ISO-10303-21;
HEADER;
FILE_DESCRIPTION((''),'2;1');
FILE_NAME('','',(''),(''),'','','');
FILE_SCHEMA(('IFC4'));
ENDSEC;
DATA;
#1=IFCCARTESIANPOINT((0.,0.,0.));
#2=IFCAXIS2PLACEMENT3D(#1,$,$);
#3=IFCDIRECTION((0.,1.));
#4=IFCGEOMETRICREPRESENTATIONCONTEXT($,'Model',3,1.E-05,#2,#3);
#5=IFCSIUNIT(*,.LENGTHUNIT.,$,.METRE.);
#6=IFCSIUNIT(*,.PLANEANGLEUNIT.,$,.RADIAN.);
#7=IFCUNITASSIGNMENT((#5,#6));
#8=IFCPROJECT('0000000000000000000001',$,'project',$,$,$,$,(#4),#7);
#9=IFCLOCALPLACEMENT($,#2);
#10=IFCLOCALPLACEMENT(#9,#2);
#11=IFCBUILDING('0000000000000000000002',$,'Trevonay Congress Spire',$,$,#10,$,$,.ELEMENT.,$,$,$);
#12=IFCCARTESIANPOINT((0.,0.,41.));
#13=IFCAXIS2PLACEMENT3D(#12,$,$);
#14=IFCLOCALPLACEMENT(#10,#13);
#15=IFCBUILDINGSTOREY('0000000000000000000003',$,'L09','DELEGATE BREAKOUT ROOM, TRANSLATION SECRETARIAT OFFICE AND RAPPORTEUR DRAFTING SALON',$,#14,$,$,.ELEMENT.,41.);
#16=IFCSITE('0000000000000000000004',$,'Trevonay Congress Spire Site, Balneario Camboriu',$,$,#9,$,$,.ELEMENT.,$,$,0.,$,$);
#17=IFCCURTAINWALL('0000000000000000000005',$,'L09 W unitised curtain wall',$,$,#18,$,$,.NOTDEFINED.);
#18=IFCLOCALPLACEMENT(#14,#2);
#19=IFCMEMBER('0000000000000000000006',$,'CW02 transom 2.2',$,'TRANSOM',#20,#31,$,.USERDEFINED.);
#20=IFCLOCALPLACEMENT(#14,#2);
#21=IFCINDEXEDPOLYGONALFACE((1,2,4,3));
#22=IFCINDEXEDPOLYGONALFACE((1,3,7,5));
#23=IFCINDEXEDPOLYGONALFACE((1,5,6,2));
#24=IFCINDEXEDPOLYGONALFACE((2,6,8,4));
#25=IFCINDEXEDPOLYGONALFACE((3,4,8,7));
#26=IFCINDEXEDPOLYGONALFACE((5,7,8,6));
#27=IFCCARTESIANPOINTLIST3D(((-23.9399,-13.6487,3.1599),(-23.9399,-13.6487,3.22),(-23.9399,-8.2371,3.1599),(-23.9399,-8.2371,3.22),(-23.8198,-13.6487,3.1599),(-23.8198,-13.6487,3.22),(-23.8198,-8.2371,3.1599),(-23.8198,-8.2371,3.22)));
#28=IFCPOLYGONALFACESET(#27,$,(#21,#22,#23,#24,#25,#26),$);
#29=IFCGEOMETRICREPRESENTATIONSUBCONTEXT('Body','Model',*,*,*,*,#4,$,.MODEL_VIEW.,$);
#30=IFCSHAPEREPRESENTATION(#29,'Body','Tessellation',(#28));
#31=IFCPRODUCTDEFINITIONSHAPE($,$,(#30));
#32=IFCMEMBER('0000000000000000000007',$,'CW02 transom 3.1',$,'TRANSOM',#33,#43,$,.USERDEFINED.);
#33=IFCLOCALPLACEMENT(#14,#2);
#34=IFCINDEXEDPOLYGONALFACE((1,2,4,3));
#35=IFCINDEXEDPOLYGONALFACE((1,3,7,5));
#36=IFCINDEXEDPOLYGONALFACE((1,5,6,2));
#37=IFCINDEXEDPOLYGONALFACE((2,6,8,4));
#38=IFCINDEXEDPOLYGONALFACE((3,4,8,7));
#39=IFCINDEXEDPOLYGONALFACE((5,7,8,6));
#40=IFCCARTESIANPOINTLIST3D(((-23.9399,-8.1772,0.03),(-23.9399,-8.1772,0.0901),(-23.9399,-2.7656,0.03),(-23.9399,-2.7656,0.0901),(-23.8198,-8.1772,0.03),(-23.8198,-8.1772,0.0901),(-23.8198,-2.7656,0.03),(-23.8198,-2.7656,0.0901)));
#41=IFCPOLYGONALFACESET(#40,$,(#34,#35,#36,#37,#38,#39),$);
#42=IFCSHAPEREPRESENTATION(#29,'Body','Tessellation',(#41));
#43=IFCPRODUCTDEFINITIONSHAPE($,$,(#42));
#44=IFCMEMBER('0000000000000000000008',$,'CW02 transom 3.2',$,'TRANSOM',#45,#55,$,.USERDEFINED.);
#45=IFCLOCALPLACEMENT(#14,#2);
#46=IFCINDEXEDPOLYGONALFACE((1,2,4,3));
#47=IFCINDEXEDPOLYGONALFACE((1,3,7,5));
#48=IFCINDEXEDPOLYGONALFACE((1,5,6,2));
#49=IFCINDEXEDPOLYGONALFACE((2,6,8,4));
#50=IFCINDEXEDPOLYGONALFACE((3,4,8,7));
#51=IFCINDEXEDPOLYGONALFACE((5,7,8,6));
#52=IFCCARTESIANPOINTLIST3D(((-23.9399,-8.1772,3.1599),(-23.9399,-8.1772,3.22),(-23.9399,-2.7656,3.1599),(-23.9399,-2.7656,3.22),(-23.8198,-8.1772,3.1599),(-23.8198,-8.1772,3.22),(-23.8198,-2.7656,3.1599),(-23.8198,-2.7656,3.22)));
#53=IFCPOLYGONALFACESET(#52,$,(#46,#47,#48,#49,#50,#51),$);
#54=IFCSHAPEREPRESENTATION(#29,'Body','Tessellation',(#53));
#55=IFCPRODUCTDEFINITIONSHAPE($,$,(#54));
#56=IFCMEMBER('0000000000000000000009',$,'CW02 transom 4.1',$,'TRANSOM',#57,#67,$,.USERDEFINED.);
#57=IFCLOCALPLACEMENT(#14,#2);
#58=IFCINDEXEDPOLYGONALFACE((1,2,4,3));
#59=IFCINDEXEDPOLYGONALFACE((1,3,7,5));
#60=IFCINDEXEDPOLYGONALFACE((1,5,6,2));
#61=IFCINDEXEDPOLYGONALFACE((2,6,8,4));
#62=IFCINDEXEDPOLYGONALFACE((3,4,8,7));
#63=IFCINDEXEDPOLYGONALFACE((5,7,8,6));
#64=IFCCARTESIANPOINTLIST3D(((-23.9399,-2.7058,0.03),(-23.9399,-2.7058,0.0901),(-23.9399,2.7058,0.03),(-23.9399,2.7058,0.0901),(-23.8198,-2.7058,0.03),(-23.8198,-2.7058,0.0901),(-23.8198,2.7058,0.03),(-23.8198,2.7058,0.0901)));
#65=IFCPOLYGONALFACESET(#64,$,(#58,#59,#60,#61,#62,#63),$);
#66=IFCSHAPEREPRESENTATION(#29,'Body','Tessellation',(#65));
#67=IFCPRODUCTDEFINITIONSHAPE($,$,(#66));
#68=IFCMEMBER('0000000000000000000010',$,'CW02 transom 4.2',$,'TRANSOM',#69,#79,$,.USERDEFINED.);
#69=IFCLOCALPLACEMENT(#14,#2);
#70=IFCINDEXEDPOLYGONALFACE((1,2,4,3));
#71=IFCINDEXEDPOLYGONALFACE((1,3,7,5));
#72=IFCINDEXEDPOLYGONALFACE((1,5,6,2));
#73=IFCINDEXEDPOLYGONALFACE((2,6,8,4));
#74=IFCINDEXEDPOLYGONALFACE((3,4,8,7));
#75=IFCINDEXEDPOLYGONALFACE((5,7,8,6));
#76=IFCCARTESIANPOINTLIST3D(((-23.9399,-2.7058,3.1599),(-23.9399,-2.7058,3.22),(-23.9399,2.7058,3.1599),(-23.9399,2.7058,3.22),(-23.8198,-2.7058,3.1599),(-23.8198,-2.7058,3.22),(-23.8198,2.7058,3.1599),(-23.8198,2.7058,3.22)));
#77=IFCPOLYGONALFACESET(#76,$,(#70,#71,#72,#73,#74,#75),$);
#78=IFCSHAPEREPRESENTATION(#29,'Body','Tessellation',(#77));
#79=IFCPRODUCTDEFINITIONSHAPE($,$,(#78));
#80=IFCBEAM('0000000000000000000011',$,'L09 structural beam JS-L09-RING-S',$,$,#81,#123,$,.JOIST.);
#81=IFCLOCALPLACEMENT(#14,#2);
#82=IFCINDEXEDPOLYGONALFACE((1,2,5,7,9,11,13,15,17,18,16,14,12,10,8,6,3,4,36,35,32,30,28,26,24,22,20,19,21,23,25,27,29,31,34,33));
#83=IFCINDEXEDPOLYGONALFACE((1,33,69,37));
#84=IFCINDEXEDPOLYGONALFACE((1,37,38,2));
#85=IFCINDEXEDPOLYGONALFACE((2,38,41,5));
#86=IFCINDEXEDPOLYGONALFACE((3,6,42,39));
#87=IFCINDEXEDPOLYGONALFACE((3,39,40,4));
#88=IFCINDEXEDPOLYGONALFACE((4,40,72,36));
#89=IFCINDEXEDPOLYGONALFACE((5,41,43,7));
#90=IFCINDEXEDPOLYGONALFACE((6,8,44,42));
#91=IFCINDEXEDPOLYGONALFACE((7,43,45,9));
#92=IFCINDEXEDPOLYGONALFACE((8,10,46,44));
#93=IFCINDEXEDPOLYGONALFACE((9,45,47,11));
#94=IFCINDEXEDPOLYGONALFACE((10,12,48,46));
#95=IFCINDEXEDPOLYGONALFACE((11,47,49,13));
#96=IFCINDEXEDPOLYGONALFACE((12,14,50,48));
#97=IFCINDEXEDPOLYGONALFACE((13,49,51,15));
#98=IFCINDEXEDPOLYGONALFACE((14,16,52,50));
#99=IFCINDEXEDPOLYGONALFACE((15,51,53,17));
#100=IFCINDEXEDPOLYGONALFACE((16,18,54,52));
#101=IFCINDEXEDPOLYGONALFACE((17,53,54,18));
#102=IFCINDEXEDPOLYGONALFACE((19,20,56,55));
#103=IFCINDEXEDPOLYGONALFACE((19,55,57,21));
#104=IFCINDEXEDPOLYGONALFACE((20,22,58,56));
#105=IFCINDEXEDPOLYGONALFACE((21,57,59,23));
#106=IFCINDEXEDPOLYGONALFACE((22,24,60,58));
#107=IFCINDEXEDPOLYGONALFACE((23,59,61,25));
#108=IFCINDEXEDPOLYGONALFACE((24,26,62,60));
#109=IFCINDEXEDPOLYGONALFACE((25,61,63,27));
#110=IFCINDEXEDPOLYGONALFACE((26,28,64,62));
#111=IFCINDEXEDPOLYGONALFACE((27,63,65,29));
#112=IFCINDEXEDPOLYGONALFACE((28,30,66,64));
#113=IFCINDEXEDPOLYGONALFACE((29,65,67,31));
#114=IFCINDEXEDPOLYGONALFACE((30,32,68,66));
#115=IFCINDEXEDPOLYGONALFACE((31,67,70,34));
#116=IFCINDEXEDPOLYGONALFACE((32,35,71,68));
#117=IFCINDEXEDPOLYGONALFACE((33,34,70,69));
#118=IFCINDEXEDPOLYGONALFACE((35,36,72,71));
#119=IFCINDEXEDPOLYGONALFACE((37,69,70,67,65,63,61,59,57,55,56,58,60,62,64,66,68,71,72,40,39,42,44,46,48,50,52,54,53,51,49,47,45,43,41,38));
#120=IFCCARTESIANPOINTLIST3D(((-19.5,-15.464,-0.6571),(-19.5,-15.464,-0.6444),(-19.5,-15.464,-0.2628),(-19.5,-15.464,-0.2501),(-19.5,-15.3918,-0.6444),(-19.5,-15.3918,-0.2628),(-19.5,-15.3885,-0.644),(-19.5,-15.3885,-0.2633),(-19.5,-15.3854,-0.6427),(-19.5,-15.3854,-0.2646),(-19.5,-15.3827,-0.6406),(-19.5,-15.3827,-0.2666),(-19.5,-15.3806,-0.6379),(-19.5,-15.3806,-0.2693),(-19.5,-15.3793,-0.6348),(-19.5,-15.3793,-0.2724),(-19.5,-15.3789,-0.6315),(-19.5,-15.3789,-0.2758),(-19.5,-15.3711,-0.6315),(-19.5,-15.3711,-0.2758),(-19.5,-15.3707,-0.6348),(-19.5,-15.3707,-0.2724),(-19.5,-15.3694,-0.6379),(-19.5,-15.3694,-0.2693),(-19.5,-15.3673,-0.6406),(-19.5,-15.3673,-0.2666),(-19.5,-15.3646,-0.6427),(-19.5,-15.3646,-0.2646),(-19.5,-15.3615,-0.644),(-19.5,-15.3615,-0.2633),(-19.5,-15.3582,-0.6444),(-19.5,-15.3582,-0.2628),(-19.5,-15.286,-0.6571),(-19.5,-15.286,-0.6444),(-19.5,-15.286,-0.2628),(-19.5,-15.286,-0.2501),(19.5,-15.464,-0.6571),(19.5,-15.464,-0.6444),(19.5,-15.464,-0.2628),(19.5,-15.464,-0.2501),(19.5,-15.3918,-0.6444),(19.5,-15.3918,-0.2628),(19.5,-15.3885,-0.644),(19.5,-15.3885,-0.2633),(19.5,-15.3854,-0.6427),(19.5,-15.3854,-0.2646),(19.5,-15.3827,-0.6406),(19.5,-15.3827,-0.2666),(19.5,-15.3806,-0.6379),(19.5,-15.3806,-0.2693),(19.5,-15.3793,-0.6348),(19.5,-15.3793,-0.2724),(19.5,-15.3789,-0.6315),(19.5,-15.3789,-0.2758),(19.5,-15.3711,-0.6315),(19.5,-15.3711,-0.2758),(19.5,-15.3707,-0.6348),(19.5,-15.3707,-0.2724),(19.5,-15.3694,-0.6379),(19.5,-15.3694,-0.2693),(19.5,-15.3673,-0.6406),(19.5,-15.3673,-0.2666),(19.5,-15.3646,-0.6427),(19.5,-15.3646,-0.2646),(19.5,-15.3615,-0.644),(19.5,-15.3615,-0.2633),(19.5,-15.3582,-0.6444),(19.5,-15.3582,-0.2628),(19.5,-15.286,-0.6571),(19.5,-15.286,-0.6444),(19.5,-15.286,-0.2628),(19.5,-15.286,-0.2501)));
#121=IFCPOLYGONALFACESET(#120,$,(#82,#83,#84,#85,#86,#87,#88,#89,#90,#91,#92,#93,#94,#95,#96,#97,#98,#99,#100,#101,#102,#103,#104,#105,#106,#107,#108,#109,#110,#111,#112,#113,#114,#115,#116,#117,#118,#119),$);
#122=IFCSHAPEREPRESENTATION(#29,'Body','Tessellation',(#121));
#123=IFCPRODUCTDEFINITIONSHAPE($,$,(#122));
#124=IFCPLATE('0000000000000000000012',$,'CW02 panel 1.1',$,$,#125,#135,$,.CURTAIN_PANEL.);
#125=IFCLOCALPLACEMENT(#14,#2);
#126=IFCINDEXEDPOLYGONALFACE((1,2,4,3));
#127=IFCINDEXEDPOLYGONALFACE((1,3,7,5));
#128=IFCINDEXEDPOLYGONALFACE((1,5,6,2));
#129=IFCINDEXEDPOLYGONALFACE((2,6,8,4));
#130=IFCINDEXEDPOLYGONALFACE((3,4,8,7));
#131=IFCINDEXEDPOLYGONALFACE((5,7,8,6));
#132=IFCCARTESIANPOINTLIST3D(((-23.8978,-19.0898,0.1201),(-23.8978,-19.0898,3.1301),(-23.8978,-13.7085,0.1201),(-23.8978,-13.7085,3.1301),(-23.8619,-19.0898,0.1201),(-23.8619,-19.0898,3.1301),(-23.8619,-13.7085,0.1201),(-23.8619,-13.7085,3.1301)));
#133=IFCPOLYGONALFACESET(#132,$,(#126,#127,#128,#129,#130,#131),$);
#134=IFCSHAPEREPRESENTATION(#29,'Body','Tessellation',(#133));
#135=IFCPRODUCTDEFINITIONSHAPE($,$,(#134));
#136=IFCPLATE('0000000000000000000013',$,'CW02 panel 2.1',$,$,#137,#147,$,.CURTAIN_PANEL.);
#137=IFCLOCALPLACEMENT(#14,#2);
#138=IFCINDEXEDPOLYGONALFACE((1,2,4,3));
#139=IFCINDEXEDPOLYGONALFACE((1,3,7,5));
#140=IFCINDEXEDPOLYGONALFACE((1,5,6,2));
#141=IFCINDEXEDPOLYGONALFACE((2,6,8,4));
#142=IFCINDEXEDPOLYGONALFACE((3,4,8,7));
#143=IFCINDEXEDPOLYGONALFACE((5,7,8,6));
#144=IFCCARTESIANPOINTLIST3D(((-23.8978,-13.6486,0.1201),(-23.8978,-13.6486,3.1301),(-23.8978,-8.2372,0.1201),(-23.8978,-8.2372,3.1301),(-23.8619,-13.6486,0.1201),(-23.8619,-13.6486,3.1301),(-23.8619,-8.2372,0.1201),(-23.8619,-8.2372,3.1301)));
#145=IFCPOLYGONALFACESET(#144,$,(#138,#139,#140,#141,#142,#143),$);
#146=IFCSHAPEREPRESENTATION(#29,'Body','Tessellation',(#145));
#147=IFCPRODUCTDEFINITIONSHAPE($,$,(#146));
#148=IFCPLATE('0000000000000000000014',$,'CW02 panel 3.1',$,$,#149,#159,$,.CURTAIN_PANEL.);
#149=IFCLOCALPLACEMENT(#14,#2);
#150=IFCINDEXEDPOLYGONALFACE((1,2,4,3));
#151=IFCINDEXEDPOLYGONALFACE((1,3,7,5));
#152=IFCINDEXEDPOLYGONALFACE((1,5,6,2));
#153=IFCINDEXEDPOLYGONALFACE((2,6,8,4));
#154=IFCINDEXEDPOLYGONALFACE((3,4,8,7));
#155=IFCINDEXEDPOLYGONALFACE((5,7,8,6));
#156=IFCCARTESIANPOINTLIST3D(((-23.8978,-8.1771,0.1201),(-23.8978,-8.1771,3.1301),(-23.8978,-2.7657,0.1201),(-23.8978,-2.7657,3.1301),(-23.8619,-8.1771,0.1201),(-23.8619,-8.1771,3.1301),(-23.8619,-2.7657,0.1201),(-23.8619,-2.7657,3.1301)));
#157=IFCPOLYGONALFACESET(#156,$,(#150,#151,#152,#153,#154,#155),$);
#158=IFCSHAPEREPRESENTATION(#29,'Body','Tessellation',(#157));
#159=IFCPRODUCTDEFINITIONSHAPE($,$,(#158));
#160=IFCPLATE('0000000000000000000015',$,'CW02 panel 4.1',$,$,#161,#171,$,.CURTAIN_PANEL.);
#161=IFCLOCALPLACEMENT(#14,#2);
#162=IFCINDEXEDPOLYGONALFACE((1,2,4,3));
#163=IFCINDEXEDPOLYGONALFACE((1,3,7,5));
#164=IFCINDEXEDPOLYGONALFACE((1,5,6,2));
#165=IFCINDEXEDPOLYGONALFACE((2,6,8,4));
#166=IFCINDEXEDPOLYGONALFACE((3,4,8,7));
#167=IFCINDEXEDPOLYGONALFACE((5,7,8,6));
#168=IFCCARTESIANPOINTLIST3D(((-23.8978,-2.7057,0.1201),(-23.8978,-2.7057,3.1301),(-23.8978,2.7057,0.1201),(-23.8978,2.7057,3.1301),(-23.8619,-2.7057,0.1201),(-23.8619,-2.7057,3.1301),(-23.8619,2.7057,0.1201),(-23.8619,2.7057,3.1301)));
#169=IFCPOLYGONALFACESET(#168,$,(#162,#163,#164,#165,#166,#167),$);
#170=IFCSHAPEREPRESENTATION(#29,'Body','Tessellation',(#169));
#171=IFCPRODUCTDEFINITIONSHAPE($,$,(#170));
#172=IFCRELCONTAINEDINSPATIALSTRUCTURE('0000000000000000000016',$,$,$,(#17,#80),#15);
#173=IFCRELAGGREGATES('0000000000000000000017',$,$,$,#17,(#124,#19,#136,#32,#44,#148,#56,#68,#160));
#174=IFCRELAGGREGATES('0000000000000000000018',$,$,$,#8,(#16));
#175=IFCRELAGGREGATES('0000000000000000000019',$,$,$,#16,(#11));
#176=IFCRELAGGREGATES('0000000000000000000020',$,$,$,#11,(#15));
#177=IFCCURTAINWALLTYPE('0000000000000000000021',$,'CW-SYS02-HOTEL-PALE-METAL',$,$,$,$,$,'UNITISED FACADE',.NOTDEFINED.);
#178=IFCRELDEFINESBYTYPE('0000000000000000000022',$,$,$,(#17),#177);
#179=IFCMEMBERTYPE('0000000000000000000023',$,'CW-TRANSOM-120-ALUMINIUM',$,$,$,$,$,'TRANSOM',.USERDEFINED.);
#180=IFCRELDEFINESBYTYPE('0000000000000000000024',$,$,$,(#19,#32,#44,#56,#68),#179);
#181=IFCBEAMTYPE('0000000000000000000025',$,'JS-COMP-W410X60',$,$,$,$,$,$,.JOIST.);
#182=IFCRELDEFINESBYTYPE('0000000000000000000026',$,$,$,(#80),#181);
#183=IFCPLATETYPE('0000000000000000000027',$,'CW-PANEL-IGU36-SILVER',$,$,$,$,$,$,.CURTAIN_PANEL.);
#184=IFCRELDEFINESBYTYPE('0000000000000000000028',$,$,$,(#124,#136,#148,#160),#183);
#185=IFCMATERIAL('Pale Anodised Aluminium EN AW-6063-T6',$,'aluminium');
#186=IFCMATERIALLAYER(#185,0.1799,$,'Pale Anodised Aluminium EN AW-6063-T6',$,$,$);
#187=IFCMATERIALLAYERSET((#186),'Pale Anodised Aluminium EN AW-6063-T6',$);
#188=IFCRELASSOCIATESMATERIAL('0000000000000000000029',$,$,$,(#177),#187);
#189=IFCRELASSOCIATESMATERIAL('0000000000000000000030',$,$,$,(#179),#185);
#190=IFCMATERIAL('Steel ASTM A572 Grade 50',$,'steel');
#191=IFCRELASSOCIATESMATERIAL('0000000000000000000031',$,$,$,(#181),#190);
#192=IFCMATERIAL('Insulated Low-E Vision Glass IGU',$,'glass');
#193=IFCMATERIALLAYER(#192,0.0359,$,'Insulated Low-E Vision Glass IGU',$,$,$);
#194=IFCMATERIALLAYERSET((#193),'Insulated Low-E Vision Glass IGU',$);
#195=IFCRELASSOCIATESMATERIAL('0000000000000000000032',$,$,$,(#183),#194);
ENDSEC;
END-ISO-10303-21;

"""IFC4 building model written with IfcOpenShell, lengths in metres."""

from ifc_helpers import new_model, si_unit, direction, frame, origin, origin_2d, place, context, subcontext, project, spatial, rectangle, i_section, extrude, material, layer, layer_set, material_profile, profile_set, type_object, element, aggregate, save


model = new_model("IFC4")

# Units and contexts
model_context = context("Model", 3, precision=1e-05, world=origin(), true_north=direction((0.0, 1.0)))
body_context = subcontext(model_context, "Body", "Model", "MODEL_VIEW")
ifc_project = project(units=[si_unit("LENGTHUNIT", "METRE"), si_unit("PLANEANGLEUNIT", "RADIAN")], contexts=[model_context])

# Site, building, storey
site_placement = place(None, origin())
site = spatial("IfcSite", under=ifc_project, at=site_placement, Name="Trevonay Congress Spire Site, Balneario Camboriu", CompositionType="ELEMENT", RefElevation=0.0)
building_placement = place(site_placement, origin())
building = spatial("IfcBuilding", under=site, at=building_placement, Name="Trevonay Congress Spire", CompositionType="ELEMENT")
storey_placement = place(building_placement, frame((0.0, 0.0, 41.0)))
storey = spatial("IfcBuildingStorey", under=building, at=storey_placement, Name="L09", Description="DELEGATE BREAKOUT ROOM, TRANSLATION SECRETARIAT OFFICE AND RAPPORTEUR DRAFTING SALON", CompositionType="ELEMENT", Elevation=41.0)

# Shared definitions
ifc_material_1 = material(Name="Steel ASTM A572 Grade 50", Category="steel")

# Curtain wall, members
ifc_material_2 = material(Name="Pale Anodised Aluminium EN AW-6063-T6", Category="aluminium")
ifc_layer_1 = layer(ifc_material_2, 0.1799, Name="Pale Anodised Aluminium EN AW-6063-T6")
ifc_layer_set_1 = layer_set([ifc_layer_1], Name="Pale Anodised Aluminium EN AW-6063-T6")
curtain_wall_type = type_object("IfcCurtainWallType", Name="CW-SYS02-HOTEL-PALE-METAL", ElementType="UNITISED FACADE", PredefinedType="NOTDEFINED", material=ifc_layer_set_1)
curtain_wall_placement = place(storey_placement, origin())
curtain_wall = element("IfcCurtainWall", 1, at=curtain_wall_placement, inside=storey, type_object=curtain_wall_type, Name="L09 W unitised curtain wall", PredefinedType="NOTDEFINED")
ifc_material_profile_1 = material_profile(ifc_material_2, rectangle(XDim=0.1201, YDim=0.0601, at=origin_2d()), Name="CW-TRANSOM-120-ALUMINIUM")
ifc_profile_set_1 = profile_set([ifc_material_profile_1], Name="Pale Anodised Aluminium EN AW-6063-T6")
member_type_1 = type_object("IfcMemberType", Name="CW-TRANSOM-120-ALUMINIUM", ElementType="TRANSOM", PredefinedType="USERDEFINED", material=ifc_profile_set_1)
member_1_placement = place(storey_placement, frame((-23.8799, -13.6487, 3.1899), z_axis=(0.0, 1.0, 0.0), x_axis=(-1.0, 0.0, 0.0)))
member_1 = element("IfcMember", 2, at=member_1_placement, type_object=member_type_1, Name="CW02 transom 2.2", ObjectType="TRANSOM", PredefinedType="USERDEFINED", context=body_context, shape_type="SweptSolid", body=[
    extrude(rectangle(XDim=0.1201, YDim=0.0601, at=origin_2d()), origin(), (0.0, 0.0, 1.0), 5.4116),
])
member_2_placement = place(storey_placement, frame((-23.8799, -8.1772, 0.0601), z_axis=(0.0, 1.0, 0.0), x_axis=(-1.0, 0.0, 0.0)))
member_2 = element("IfcMember", 3, at=member_2_placement, type_object=member_type_1, Name="CW02 transom 3.1", ObjectType="TRANSOM", PredefinedType="USERDEFINED", context=body_context, shape_type="SweptSolid", body=[
    extrude(rectangle(XDim=0.1201, YDim=0.0601, at=origin_2d()), origin(), (0.0, 0.0, 1.0), 5.4116),
])
member_3_placement = place(storey_placement, frame((-23.8799, -8.1772, 3.1899), z_axis=(0.0, 1.0, 0.0), x_axis=(-1.0, 0.0, 0.0)))
member_3 = element("IfcMember", 4, at=member_3_placement, type_object=member_type_1, Name="CW02 transom 3.2", ObjectType="TRANSOM", PredefinedType="USERDEFINED", context=body_context, shape_type="SweptSolid", body=[
    extrude(rectangle(XDim=0.1201, YDim=0.0601, at=origin_2d()), origin(), (0.0, 0.0, 1.0), 5.4116),
])
member_4_placement = place(storey_placement, frame((-23.8799, -2.7058, 0.0601), z_axis=(0.0, 1.0, 0.0), x_axis=(-1.0, 0.0, 0.0)))
member_4 = element("IfcMember", 5, at=member_4_placement, type_object=member_type_1, Name="CW02 transom 4.1", ObjectType="TRANSOM", PredefinedType="USERDEFINED", context=body_context, shape_type="SweptSolid", body=[
    extrude(rectangle(XDim=0.1201, YDim=0.0601, at=origin_2d()), origin(), (0.0, 0.0, 1.0), 5.4116),
])
member_5_placement = place(storey_placement, frame((-23.8799, -2.7058, 3.1899), z_axis=(0.0, 1.0, 0.0), x_axis=(-1.0, 0.0, 0.0)))
member_5 = element("IfcMember", 6, at=member_5_placement, type_object=member_type_1, Name="CW02 transom 4.2", ObjectType="TRANSOM", PredefinedType="USERDEFINED", context=body_context, shape_type="SweptSolid", body=[
    extrude(rectangle(XDim=0.1201, YDim=0.0601, at=origin_2d()), origin(), (0.0, 0.0, 1.0), 5.4116),
])

# Beam
ifc_material_profile_2 = material_profile(ifc_material_1, i_section(OverallWidth=0.178, OverallDepth=0.407, WebThickness=0.0078, FlangeThickness=0.0127, FilletRadius=0.0129, at=origin_2d()), Name="W410x60")
ifc_profile_set_2 = profile_set([ifc_material_profile_2], Name="Steel ASTM A572 Grade 50")
beam_type_1 = type_object("IfcBeamType", Name="JS-COMP-W410X60", PredefinedType="JOIST", material=ifc_profile_set_2)
beam_placement = place(storey_placement, frame((-19.5, -15.375, -0.4536), z_axis=(1.0, 0.0, 0.0), x_axis=(0.0, 1.0, 0.0)))
element("IfcBeam", 7, at=beam_placement, inside=storey, type_object=beam_type_1, Name="L09 structural beam JS-L09-RING-S", PredefinedType="JOIST", context=body_context, shape_type="SweptSolid", body=[
    extrude(i_section(OverallWidth=0.178, OverallDepth=0.407, WebThickness=0.0078, FlangeThickness=0.0127, FilletRadius=0.0129, at=origin_2d()), origin(), (0.0, 0.0, 1.0), 39.0),
])

# Plates
ifc_material_3 = material(Name="Insulated Low-E Vision Glass IGU", Category="glass")
ifc_layer_2 = layer(ifc_material_3, 0.0359, Name="Insulated Low-E Vision Glass IGU")
ifc_layer_set_2 = layer_set([ifc_layer_2], Name="Insulated Low-E Vision Glass IGU")
plate_type = type_object("IfcPlateType", Name="CW-PANEL-IGU36-SILVER", PredefinedType="CURTAIN_PANEL", material=ifc_layer_set_2)
plate_1_placement = place(storey_placement, frame((-23.8799, -16.3992, 0.1201), z_axis=(0.0, 0.0, 1.0), x_axis=(0.0, 1.0, 0.0)))
plate_1 = element("IfcPlate", 8, at=plate_1_placement, type_object=plate_type, Name="CW02 panel 1.1", PredefinedType="CURTAIN_PANEL", context=body_context, shape_type="SweptSolid", body=[
    extrude(rectangle(XDim=5.3813, YDim=0.0359, at=origin_2d()), origin(), (0.0, 0.0, 1.0), 3.01),
])
plate_2_placement = place(storey_placement, frame((-23.8799, -10.9429, 0.1201), z_axis=(0.0, 0.0, 1.0), x_axis=(0.0, 1.0, 0.0)))
plate_2 = element("IfcPlate", 9, at=plate_2_placement, type_object=plate_type, Name="CW02 panel 2.1", PredefinedType="CURTAIN_PANEL", context=body_context, shape_type="SweptSolid", body=[
    extrude(rectangle(XDim=5.4114, YDim=0.0359, at=origin_2d()), origin(), (0.0, 0.0, 1.0), 3.01),
])
plate_3_placement = place(storey_placement, frame((-23.8799, -5.4714, 0.1201), z_axis=(0.0, 0.0, 1.0), x_axis=(0.0, 1.0, 0.0)))
plate_3 = element("IfcPlate", 10, at=plate_3_placement, type_object=plate_type, Name="CW02 panel 3.1", PredefinedType="CURTAIN_PANEL", context=body_context, shape_type="SweptSolid", body=[
    extrude(rectangle(XDim=5.4114, YDim=0.0359, at=origin_2d()), origin(), (0.0, 0.0, 1.0), 3.01),
])
plate_4_placement = place(storey_placement, frame((-23.8799, 0.0, 0.1201), z_axis=(0.0, 0.0, 1.0), x_axis=(0.0, 1.0, 0.0)))
plate_4 = element("IfcPlate", 11, at=plate_4_placement, type_object=plate_type, Name="CW02 panel 4.1", PredefinedType="CURTAIN_PANEL", context=body_context, shape_type="SweptSolid", body=[
    extrude(rectangle(XDim=5.4114, YDim=0.0359, at=origin_2d()), origin(), (0.0, 0.0, 1.0), 3.01),
])
aggregate(curtain_wall, [plate_1, member_1, plate_2, member_2, member_3, plate_3, member_4, member_5, plate_4])

save(model, "model.ifc")
